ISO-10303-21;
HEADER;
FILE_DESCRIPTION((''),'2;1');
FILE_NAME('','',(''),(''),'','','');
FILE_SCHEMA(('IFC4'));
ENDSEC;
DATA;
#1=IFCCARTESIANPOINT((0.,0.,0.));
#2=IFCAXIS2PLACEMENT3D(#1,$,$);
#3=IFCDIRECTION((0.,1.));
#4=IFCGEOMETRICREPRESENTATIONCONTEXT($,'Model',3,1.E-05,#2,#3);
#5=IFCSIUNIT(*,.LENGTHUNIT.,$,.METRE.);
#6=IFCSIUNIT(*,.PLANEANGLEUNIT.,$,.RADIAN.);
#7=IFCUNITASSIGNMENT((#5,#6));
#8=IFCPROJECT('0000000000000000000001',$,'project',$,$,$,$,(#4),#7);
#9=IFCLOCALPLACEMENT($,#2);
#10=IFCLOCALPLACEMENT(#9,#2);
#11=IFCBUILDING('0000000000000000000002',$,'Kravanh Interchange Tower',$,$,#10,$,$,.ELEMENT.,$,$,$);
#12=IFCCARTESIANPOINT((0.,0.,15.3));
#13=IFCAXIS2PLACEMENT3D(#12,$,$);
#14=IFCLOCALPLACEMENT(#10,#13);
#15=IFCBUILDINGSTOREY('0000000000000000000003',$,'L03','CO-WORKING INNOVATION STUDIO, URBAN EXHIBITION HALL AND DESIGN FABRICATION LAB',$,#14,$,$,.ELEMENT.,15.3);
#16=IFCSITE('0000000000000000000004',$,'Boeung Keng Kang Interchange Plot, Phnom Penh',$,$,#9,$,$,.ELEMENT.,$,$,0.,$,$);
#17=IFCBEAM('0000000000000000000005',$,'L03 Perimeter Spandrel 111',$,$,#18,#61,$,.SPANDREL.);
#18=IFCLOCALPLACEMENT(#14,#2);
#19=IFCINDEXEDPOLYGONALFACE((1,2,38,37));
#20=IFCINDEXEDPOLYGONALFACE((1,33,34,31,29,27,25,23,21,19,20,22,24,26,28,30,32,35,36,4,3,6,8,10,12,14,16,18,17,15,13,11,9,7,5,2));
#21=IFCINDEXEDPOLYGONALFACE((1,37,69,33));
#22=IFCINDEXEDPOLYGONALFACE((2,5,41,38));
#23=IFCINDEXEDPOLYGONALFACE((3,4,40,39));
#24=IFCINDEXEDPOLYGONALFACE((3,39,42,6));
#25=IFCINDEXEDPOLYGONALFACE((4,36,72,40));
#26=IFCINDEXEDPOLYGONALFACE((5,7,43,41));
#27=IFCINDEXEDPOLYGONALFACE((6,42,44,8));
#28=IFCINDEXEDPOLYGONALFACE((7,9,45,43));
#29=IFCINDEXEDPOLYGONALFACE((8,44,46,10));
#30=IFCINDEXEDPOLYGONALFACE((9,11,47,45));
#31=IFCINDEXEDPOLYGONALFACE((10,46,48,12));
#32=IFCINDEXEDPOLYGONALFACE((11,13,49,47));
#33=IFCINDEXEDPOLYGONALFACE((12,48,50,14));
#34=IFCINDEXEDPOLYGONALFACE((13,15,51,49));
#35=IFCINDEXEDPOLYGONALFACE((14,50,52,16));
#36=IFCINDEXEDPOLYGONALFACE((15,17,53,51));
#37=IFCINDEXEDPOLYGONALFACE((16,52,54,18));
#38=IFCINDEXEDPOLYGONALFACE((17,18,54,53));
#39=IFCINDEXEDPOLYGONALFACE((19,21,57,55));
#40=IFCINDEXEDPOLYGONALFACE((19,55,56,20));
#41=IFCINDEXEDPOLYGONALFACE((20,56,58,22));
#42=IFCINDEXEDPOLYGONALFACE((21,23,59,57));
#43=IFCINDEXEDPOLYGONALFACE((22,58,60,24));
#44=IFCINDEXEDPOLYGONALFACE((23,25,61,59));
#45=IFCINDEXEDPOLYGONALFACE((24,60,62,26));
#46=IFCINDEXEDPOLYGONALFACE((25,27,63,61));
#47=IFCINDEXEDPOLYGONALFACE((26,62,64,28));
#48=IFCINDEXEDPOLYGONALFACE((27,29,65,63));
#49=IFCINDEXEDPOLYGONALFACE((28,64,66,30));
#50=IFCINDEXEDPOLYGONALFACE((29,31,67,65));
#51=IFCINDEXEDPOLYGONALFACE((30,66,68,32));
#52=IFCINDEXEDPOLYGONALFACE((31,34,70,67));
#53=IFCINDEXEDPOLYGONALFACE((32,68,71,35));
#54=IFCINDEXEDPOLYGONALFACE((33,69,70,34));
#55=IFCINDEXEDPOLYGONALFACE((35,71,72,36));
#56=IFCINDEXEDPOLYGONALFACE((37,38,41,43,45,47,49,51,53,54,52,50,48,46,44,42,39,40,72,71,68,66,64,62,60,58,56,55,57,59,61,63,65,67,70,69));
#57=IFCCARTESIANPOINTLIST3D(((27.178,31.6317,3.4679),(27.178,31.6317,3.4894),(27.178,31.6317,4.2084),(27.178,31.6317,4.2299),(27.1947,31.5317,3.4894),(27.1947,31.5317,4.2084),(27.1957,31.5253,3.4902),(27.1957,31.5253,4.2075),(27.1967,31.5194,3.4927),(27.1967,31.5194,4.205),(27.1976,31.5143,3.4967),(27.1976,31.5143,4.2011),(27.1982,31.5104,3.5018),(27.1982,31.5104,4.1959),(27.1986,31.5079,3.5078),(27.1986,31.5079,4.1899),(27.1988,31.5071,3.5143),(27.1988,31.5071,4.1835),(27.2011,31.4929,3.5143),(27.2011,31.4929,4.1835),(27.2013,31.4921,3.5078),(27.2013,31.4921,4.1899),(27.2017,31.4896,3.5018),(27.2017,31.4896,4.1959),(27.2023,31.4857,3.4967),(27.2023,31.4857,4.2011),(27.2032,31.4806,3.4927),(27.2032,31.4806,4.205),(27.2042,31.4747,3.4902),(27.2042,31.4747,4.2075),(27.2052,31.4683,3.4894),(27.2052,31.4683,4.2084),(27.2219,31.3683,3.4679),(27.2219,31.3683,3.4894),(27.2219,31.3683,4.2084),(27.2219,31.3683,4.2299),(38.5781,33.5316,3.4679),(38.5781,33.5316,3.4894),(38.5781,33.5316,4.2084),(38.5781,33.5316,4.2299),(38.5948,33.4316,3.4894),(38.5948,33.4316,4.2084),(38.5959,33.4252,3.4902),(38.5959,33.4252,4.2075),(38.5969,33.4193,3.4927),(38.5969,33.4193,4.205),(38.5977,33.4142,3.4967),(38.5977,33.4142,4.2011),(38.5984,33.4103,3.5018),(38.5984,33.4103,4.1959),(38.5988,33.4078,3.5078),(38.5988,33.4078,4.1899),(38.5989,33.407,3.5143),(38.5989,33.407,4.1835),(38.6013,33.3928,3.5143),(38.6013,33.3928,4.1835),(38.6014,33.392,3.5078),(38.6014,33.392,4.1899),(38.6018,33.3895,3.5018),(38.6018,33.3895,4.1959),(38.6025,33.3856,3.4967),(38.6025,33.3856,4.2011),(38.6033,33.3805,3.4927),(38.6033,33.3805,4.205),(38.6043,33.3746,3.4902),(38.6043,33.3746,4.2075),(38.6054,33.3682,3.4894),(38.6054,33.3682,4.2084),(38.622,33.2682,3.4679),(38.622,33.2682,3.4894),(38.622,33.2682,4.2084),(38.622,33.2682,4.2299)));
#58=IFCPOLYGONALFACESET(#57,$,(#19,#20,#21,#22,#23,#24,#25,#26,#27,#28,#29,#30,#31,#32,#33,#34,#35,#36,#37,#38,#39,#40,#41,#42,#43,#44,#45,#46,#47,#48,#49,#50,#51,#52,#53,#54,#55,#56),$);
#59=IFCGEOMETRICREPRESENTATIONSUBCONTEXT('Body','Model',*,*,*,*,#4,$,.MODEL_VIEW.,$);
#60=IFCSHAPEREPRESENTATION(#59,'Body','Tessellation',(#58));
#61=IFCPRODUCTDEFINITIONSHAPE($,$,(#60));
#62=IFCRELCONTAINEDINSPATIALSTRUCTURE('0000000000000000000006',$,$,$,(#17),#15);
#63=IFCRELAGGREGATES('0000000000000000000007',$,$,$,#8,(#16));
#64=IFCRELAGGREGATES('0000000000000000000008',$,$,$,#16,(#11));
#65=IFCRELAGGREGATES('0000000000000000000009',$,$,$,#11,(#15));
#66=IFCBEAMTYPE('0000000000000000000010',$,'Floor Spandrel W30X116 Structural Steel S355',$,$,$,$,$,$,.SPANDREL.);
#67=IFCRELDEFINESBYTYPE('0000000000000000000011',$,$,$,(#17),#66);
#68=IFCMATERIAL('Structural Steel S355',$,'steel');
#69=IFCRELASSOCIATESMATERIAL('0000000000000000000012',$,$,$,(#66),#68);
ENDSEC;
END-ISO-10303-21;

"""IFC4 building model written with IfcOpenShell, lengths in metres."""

from ifc_helpers import new_model, si_unit, direction, frame, origin, origin_2d, place, context, subcontext, project, spatial, i_section, extrude, material, material_profile, profile_set, type_object, element, save


model = new_model("IFC4")

# Units and contexts
model_context = context("Model", 3, precision=1e-05, world=origin(), true_north=direction((0.0, 1.0)))
body_context = subcontext(model_context, "Body", "Model", "MODEL_VIEW")
ifc_project = project(units=[si_unit("LENGTHUNIT", "METRE"), si_unit("PLANEANGLEUNIT", "RADIAN")], contexts=[model_context])

# Site, building, storey
site_placement = place(None, origin())
site = spatial("IfcSite", under=ifc_project, at=site_placement, Name="Boeung Keng Kang Interchange Plot, Phnom Penh", CompositionType="ELEMENT", RefElevation=0.0)
building_placement = place(site_placement, origin())
building = spatial("IfcBuilding", under=site, at=building_placement, Name="Kravanh Interchange Tower", CompositionType="ELEMENT")
storey_placement = place(building_placement, frame((0.0, 0.0, 15.3)))
storey = spatial("IfcBuildingStorey", under=building, at=storey_placement, Name="L03", Description="CO-WORKING INNOVATION STUDIO, URBAN EXHIBITION HALL AND DESIGN FABRICATION LAB", CompositionType="ELEMENT", Elevation=15.3)

# Beam
ifc_material_1 = material(Name="Structural Steel S355", Category="steel")
ifc_material_profile_1 = material_profile(ifc_material_1, i_section(OverallWidth=0.2671, OverallDepth=0.762, WebThickness=0.0144, FlangeThickness=0.0215, FilletRadius=0.0249, at=origin_2d()), Name="W30X116")
ifc_profile_set_1 = profile_set([ifc_material_profile_1], Name="Structural Steel S355")
beam_type_1 = type_object("IfcBeamType", Name="Floor Spandrel W30X116 Structural Steel S355", PredefinedType="SPANDREL", material=ifc_profile_set_1)
beam_1_placement = place(storey_placement, frame((27.2, 31.5, 3.8489), z_axis=(0.986396, 0.164389, 0.0), x_axis=(-0.164389, 0.986396, 0.0)))
element("IfcBeam", 1, at=beam_1_placement, inside=storey, type_object=beam_type_1, Name="L03 Perimeter Spandrel 111", PredefinedType="SPANDREL", context=body_context, shape_type="SweptSolid", body=[
    extrude(i_section(OverallWidth=0.2671, OverallDepth=0.762, WebThickness=0.0144, FlangeThickness=0.0215, FilletRadius=0.0249, at=origin_2d()), origin(), (0.0, 0.0, 1.0), 11.5574),
])

save(model, "model.ifc")
